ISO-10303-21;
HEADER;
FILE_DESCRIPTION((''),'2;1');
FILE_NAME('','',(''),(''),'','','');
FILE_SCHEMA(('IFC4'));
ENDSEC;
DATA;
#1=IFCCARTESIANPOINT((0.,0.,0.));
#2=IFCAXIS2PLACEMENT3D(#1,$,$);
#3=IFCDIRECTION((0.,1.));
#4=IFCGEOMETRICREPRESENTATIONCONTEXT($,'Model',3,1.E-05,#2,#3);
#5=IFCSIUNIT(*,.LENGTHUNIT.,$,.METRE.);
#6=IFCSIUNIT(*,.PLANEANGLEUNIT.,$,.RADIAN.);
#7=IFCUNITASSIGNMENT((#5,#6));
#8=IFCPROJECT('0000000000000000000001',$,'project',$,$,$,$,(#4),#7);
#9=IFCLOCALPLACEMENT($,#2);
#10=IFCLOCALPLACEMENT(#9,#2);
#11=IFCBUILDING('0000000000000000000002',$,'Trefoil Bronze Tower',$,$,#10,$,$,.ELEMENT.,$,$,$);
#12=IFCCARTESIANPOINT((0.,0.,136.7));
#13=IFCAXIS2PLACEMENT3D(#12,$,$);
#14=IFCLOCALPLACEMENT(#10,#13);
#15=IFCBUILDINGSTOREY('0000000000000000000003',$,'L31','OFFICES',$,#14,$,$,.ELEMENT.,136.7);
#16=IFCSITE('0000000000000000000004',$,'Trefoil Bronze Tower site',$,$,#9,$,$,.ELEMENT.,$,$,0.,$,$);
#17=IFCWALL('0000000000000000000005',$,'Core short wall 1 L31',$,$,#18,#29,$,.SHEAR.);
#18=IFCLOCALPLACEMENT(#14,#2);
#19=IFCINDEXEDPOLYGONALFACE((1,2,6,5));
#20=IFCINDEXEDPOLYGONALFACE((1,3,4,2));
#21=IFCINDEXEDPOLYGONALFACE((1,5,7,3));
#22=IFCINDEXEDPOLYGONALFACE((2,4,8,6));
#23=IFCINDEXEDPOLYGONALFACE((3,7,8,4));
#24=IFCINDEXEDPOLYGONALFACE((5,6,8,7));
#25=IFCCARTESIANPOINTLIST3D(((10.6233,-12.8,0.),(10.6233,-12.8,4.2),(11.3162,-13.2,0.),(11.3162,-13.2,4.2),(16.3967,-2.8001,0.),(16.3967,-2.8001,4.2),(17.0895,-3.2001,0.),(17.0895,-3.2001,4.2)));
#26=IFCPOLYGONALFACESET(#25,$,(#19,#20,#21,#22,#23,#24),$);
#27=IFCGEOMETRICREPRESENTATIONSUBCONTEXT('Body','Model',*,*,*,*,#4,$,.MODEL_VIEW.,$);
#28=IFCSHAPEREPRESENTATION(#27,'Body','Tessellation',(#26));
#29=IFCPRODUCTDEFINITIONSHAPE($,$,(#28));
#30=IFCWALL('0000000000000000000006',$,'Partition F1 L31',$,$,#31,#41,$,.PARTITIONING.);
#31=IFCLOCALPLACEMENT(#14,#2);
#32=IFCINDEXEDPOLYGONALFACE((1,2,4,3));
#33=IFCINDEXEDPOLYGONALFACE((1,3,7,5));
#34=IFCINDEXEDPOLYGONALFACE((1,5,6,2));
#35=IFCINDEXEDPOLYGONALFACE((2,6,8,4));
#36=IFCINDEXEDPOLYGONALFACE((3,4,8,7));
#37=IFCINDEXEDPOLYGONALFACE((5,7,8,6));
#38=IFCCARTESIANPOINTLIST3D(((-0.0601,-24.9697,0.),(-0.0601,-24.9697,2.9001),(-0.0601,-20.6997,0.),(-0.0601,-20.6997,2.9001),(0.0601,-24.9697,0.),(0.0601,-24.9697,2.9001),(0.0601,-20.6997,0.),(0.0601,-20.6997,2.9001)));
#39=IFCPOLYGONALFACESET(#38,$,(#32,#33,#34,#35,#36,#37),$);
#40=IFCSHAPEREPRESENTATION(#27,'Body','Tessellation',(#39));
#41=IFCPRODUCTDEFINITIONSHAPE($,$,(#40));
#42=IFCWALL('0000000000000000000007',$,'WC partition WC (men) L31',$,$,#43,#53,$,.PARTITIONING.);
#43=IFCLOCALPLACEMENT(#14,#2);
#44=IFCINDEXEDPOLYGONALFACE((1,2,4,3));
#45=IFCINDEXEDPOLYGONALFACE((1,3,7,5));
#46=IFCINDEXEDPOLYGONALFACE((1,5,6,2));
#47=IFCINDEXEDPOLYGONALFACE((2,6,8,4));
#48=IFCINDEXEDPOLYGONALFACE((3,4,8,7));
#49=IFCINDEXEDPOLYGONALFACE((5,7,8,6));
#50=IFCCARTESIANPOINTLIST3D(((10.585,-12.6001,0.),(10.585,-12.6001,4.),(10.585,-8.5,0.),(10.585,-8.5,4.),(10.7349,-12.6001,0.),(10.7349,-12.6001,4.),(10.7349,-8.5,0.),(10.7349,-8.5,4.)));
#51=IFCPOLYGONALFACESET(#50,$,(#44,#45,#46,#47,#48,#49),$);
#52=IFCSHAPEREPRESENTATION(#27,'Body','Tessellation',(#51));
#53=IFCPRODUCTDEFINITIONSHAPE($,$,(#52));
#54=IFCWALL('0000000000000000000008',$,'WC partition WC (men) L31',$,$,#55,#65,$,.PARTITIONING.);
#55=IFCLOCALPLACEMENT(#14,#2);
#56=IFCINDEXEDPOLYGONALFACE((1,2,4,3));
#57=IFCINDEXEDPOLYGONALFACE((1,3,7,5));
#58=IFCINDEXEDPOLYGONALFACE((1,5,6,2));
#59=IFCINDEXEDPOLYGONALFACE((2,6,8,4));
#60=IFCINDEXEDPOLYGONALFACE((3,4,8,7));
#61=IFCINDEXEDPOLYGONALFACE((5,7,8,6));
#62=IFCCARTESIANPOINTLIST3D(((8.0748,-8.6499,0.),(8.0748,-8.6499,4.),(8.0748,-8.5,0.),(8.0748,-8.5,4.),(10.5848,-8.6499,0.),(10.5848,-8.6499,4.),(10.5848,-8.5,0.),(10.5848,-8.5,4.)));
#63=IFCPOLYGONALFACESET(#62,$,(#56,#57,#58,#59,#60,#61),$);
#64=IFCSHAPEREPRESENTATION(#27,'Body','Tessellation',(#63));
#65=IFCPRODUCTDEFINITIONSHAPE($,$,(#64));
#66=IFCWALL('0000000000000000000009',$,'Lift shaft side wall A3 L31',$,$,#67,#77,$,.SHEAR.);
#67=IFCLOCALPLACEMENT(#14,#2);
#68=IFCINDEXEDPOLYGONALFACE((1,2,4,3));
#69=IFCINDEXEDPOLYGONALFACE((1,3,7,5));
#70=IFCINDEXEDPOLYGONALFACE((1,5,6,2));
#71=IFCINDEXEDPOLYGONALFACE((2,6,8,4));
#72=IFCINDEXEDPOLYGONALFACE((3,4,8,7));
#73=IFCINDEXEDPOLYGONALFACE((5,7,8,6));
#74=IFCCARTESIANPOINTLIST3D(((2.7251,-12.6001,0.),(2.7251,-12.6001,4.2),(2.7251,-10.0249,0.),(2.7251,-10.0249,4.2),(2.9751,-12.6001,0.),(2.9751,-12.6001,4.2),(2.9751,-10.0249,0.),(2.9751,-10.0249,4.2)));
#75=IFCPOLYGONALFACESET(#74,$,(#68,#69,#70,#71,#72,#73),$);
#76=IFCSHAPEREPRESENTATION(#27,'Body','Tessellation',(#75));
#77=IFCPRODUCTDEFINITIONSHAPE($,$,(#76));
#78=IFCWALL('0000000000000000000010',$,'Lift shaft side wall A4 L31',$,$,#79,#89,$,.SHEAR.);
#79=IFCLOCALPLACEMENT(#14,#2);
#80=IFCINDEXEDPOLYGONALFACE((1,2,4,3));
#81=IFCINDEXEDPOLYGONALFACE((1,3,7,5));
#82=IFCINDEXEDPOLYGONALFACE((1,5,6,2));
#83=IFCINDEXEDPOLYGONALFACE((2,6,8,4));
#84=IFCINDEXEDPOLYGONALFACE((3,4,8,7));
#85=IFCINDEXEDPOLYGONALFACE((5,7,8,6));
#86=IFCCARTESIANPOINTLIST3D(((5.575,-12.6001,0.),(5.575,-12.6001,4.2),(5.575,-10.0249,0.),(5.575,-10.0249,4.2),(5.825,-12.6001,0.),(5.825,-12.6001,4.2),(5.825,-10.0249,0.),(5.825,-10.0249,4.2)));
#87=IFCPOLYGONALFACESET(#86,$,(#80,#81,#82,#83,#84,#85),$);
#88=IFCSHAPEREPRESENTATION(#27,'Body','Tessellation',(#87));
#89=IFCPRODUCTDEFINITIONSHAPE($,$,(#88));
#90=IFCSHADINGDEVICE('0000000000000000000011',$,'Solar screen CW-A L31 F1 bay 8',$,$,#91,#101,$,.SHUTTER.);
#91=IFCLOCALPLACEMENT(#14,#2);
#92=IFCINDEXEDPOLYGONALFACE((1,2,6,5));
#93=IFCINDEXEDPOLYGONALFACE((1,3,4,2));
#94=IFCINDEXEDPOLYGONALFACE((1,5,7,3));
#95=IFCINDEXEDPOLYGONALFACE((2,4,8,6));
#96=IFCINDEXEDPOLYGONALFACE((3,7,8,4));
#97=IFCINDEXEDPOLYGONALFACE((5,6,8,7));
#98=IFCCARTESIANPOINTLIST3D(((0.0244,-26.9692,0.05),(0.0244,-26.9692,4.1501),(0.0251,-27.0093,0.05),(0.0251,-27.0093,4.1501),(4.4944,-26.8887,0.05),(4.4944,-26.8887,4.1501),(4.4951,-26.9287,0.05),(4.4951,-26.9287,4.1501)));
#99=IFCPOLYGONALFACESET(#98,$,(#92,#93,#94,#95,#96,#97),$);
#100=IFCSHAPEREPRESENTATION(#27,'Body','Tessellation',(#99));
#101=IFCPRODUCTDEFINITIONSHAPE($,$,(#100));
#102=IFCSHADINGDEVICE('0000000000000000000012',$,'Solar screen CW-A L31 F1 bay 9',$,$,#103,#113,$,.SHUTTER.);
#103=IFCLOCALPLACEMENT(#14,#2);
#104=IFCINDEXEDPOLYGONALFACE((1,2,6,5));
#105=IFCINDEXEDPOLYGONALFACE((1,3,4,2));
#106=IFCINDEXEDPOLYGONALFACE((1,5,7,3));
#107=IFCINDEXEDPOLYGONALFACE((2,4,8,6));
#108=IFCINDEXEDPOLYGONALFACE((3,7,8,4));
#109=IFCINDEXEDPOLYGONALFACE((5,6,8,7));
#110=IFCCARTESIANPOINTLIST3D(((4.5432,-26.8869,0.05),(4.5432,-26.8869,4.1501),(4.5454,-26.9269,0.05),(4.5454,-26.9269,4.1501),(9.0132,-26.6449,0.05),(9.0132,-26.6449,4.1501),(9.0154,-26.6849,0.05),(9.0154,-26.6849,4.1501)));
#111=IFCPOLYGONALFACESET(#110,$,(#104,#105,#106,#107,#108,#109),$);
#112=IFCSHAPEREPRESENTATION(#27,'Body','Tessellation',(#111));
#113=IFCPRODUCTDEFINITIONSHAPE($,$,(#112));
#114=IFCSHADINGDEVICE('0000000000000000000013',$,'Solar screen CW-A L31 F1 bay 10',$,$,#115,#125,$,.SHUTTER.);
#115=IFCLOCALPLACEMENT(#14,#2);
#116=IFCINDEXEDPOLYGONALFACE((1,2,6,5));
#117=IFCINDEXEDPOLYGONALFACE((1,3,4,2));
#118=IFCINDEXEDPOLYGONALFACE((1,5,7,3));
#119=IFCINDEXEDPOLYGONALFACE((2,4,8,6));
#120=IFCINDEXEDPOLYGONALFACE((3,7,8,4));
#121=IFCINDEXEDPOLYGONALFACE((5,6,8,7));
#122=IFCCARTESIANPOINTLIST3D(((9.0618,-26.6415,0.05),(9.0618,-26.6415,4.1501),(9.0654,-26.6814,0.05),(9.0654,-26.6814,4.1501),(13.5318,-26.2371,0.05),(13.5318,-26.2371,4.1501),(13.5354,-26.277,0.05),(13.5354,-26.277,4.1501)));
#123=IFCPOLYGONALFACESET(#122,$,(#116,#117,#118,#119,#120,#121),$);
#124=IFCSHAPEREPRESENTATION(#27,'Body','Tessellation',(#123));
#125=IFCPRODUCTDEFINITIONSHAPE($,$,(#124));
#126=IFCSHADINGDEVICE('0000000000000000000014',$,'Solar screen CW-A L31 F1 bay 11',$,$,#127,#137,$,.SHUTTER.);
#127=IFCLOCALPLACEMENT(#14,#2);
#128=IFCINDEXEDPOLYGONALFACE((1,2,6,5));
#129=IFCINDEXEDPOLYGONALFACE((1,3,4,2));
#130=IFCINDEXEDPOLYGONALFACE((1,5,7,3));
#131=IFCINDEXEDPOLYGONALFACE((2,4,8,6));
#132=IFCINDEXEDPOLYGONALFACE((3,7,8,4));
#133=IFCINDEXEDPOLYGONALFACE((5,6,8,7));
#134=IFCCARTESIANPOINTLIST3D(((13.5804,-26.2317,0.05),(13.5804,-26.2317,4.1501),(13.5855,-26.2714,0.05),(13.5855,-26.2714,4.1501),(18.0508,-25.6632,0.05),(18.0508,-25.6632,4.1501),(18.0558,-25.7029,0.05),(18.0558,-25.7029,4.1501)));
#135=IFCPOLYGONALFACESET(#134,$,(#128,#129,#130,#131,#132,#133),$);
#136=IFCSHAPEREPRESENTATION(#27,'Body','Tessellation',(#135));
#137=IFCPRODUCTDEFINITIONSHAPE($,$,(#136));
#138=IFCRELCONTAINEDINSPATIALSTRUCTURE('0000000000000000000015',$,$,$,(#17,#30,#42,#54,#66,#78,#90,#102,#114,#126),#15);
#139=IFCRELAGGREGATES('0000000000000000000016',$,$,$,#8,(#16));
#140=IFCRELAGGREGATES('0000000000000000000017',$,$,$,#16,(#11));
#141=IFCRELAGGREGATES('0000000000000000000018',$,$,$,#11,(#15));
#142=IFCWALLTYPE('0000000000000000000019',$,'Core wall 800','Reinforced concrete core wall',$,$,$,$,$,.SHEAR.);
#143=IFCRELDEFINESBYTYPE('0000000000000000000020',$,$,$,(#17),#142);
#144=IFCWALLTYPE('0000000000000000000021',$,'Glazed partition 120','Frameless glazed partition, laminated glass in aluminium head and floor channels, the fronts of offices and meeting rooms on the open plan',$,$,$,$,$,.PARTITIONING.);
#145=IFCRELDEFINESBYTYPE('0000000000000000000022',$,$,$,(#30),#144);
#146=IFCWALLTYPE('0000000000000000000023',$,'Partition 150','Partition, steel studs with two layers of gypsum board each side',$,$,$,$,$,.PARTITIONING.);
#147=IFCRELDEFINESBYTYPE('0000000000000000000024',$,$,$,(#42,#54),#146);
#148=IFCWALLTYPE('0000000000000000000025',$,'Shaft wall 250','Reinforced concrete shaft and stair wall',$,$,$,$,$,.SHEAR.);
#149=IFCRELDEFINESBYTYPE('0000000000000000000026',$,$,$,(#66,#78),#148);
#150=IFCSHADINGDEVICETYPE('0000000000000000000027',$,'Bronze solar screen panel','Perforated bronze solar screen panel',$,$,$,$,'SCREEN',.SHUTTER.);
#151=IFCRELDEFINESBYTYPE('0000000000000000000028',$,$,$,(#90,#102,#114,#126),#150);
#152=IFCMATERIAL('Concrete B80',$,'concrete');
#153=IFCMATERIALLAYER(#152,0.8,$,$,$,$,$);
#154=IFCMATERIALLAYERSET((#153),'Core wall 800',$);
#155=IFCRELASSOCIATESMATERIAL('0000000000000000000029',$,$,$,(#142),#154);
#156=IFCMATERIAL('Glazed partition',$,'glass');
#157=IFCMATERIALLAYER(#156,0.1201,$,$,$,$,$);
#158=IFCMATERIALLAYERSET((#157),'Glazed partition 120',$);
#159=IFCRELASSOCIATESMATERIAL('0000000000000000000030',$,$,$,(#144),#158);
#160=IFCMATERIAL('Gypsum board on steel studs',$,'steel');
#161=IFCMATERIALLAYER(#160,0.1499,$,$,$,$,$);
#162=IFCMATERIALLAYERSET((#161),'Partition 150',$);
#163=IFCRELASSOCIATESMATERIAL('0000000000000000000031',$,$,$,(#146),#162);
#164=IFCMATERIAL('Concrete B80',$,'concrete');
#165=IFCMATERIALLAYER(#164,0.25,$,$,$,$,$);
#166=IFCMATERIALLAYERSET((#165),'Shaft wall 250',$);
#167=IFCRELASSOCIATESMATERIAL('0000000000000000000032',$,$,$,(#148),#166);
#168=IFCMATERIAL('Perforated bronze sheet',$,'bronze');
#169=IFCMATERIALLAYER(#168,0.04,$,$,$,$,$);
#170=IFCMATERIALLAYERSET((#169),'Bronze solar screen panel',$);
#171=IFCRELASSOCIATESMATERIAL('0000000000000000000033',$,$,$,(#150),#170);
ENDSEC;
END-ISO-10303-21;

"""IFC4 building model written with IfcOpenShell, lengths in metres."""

from ifc_helpers import new_model, si_unit, direction, frame, frame_2d, origin, origin_2d, place, context, subcontext, project, spatial, rectangle, extrude, material, layer, layer_set, type_object, element, save


model = new_model("IFC4")

# Units and contexts
model_context = context("Model", 3, precision=1e-05, world=origin(), true_north=direction((0.0, 1.0)))
body_context = subcontext(model_context, "Body", "Model", "MODEL_VIEW")
ifc_project = project(units=[si_unit("LENGTHUNIT", "METRE"), si_unit("PLANEANGLEUNIT", "RADIAN")], contexts=[model_context])

# Site, building, storey
site_placement = place(None, origin())
site = spatial("IfcSite", under=ifc_project, at=site_placement, Name="Trefoil Bronze Tower site", CompositionType="ELEMENT", RefElevation=0.0)
building_placement = place(site_placement, origin())
building = spatial("IfcBuilding", under=site, at=building_placement, Name="Trefoil Bronze Tower", CompositionType="ELEMENT")
storey_placement = place(building_placement, frame((0.0, 0.0, 136.7)))
storey = spatial("IfcBuildingStorey", under=building, at=storey_placement, Name="L31", Description="OFFICES", CompositionType="ELEMENT", Elevation=136.7)

# Walls
ifc_material_1 = material(Name="Concrete B80", Category="concrete")
ifc_layer_1 = layer(ifc_material_1, 0.8)
ifc_layer_set_1 = layer_set([ifc_layer_1], Name="Core wall 800")
wall_type_1 = type_object("IfcWallType", Name="Core wall 800", Description="Reinforced concrete core wall", PredefinedType="SHEAR", material=ifc_layer_set_1)
wall_1_placement = place(storey_placement, frame((10.9697, -13.0, 0.0), z_axis=(0.0, 0.0, 1.0), x_axis=(0.499996, 0.866028, 0.0)))
element("IfcWall", 1, at=wall_1_placement, inside=storey, type_object=wall_type_1, Name="Core short wall 1 L31", PredefinedType="SHEAR", context=body_context, shape_type="SweptSolid", body=[
    extrude(rectangle(XDim=11.5469, YDim=0.8, at=frame_2d((5.7734, 0.0))), origin(), (0.0, 0.0, 1.0), 4.2),
])
ifc_material_2 = material(Name="Glazed partition", Category="glass")
ifc_layer_2 = layer(ifc_material_2, 0.1201)
ifc_layer_set_2 = layer_set([ifc_layer_2], Name="Glazed partition 120")
wall_type_2 = type_object("IfcWallType", Name="Glazed partition 120", Description="Frameless glazed partition, laminated glass in aluminium head and floor channels, the fronts of offices and meeting rooms on the open plan", PredefinedType="PARTITIONING", material=ifc_layer_set_2)
wall_2_placement = place(storey_placement, frame((0.0, -20.6997, 0.0), z_axis=(0.0, 0.0, 1.0), x_axis=(0.0, -1.0, 0.0)))
element("IfcWall", 2, at=wall_2_placement, inside=storey, type_object=wall_type_2, Name="Partition F1 L31", PredefinedType="PARTITIONING", context=body_context, shape_type="SweptSolid", body=[
    extrude(rectangle(XDim=4.27, YDim=0.1201, at=frame_2d((2.135, 0.0))), origin(), (0.0, 0.0, 1.0), 2.9001),
])
ifc_material_3 = material(Name="Gypsum board on steel studs", Category="steel")
ifc_layer_3 = layer(ifc_material_3, 0.1499)
ifc_layer_set_3 = layer_set([ifc_layer_3], Name="Partition 150")
wall_type_3 = type_object("IfcWallType", Name="Partition 150", Description="Partition, steel studs with two layers of gypsum board each side", PredefinedType="PARTITIONING", material=ifc_layer_set_3)
wall_3_placement = place(storey_placement, frame((10.6599, -8.5, 0.0), z_axis=(0.0, 0.0, 1.0), x_axis=(0.0, -1.0, 0.0)))
element("IfcWall", 3, at=wall_3_placement, inside=storey, type_object=wall_type_3, Name="WC partition WC (men) L31", PredefinedType="PARTITIONING", context=body_context, shape_type="SweptSolid", body=[
    extrude(rectangle(XDim=4.1001, YDim=0.1499, at=frame_2d((2.05, 0.0))), origin(), (0.0, 0.0, 1.0), 4.0),
])
wall_4_placement = place(storey_placement, frame((8.075, -8.575, 0.0), z_axis=(0.0, 0.0, 1.0), x_axis=(1.0, 0.0, 0.0)))
element("IfcWall", 4, at=wall_4_placement, inside=storey, type_object=wall_type_3, Name="WC partition WC (men) L31", PredefinedType="PARTITIONING", context=body_context, shape_type="SweptSolid", body=[
    extrude(rectangle(XDim=2.51, YDim=0.1499, at=frame_2d((1.2549, 0.0))), origin(), (0.0, 0.0, 1.0), 4.0),
])
ifc_material_4 = material(Name="Concrete B80", Category="concrete")
ifc_layer_4 = layer(ifc_material_4, 0.25)
ifc_layer_set_4 = layer_set([ifc_layer_4], Name="Shaft wall 250")
wall_type_4 = type_object("IfcWallType", Name="Shaft wall 250", Description="Reinforced concrete shaft and stair wall", PredefinedType="SHEAR", material=ifc_layer_set_4)
for number, where, z_axis, x_axis, name in (
    (5, (2.8501, -10.0249, 0.0), (0.0, 0.0, 1.0), (0.0, -1.0, 0.0), "Lift shaft side wall A3 L31"),
    (6, (5.7, -10.0249, 0.0), (0.0, 0.0, 1.0), (0.0, -1.0, 0.0), "Lift shaft side wall A4 L31"),
):
    element("IfcWall", number, at=place(storey_placement, frame(where, z_axis=z_axis, x_axis=x_axis)), inside=storey, type_object=wall_type_4, Name=name, PredefinedType="SHEAR", context=body_context, shape_type="SweptSolid", body=[
        extrude(rectangle(XDim=2.5752, YDim=0.25, at=frame_2d((1.2876, 0.0))), origin(), (0.0, 0.0, 1.0), 4.2),
    ])

# Shading devices
ifc_material_5 = material(Name="Perforated bronze sheet", Category="bronze")
ifc_layer_5 = layer(ifc_material_5, 0.04)
ifc_layer_set_5 = layer_set([ifc_layer_5], Name="Bronze solar screen panel")
shading_device_type = type_object("IfcShadingDeviceType", Name="Bronze solar screen panel", Description="Perforated bronze solar screen panel", ElementType="SCREEN", PredefinedType="SHUTTER", material=ifc_layer_set_5)
shading_device_1_placement = place(storey_placement, frame((2.2598, -26.949, 0.05), z_axis=(0.0, 0.0, 1.0), x_axis=(0.999838, 0.018021, 0.0)))
element("IfcShadingDevice", 7, at=shading_device_1_placement, inside=storey, type_object=shading_device_type, Name="Solar screen CW-A L31 F1 bay 8", PredefinedType="SHUTTER", context=body_context, shape_type="SweptSolid", body=[
    extrude(rectangle(XDim=4.4707, YDim=0.04, at=origin_2d()), origin(), (0.0, 0.0, 1.0), 4.1001),
])
shading_device_2_placement = place(storey_placement, frame((6.7793, -26.7859, 0.05), z_axis=(0.0, 0.0, 1.0), x_axis=(0.998538, 0.054063, 0.0)))
element("IfcShadingDevice", 8, at=shading_device_2_placement, inside=storey, type_object=shading_device_type, Name="Solar screen CW-A L31 F1 bay 9", PredefinedType="SHUTTER", context=body_context, shape_type="SweptSolid", body=[
    extrude(rectangle(XDim=4.4766, YDim=0.04, at=origin_2d()), origin(), (0.0, 0.0, 1.0), 4.1001),
])
shading_device_3_placement = place(storey_placement, frame((11.2986, -26.4592, 0.05), z_axis=(0.0, 0.0, 1.0), x_axis=(0.995932, 0.090105, 0.0)))
element("IfcShadingDevice", 9, at=shading_device_3_placement, inside=storey, type_object=shading_device_type, Name="Solar screen CW-A L31 F1 bay 10", PredefinedType="SHUTTER", context=body_context, shape_type="SweptSolid", body=[
    extrude(rectangle(XDim=4.4883, YDim=0.04, at=origin_2d()), origin(), (0.0, 0.0, 1.0), 4.1001),
])
shading_device_4_placement = place(storey_placement, frame((15.8181, -25.9673, 0.05), z_axis=(0.0, 0.0, 1.0), x_axis=(0.992012, 0.126147, 0.0)))
element("IfcShadingDevice", 10, at=shading_device_4_placement, inside=storey, type_object=shading_device_type, Name="Solar screen CW-A L31 F1 bay 11", PredefinedType="SHUTTER", context=body_context, shape_type="SweptSolid", body=[
    extrude(rectangle(XDim=4.5063, YDim=0.04, at=origin_2d()), origin(), (0.0, 0.0, 1.0), 4.1001),
])

save(model, "model.ifc")
